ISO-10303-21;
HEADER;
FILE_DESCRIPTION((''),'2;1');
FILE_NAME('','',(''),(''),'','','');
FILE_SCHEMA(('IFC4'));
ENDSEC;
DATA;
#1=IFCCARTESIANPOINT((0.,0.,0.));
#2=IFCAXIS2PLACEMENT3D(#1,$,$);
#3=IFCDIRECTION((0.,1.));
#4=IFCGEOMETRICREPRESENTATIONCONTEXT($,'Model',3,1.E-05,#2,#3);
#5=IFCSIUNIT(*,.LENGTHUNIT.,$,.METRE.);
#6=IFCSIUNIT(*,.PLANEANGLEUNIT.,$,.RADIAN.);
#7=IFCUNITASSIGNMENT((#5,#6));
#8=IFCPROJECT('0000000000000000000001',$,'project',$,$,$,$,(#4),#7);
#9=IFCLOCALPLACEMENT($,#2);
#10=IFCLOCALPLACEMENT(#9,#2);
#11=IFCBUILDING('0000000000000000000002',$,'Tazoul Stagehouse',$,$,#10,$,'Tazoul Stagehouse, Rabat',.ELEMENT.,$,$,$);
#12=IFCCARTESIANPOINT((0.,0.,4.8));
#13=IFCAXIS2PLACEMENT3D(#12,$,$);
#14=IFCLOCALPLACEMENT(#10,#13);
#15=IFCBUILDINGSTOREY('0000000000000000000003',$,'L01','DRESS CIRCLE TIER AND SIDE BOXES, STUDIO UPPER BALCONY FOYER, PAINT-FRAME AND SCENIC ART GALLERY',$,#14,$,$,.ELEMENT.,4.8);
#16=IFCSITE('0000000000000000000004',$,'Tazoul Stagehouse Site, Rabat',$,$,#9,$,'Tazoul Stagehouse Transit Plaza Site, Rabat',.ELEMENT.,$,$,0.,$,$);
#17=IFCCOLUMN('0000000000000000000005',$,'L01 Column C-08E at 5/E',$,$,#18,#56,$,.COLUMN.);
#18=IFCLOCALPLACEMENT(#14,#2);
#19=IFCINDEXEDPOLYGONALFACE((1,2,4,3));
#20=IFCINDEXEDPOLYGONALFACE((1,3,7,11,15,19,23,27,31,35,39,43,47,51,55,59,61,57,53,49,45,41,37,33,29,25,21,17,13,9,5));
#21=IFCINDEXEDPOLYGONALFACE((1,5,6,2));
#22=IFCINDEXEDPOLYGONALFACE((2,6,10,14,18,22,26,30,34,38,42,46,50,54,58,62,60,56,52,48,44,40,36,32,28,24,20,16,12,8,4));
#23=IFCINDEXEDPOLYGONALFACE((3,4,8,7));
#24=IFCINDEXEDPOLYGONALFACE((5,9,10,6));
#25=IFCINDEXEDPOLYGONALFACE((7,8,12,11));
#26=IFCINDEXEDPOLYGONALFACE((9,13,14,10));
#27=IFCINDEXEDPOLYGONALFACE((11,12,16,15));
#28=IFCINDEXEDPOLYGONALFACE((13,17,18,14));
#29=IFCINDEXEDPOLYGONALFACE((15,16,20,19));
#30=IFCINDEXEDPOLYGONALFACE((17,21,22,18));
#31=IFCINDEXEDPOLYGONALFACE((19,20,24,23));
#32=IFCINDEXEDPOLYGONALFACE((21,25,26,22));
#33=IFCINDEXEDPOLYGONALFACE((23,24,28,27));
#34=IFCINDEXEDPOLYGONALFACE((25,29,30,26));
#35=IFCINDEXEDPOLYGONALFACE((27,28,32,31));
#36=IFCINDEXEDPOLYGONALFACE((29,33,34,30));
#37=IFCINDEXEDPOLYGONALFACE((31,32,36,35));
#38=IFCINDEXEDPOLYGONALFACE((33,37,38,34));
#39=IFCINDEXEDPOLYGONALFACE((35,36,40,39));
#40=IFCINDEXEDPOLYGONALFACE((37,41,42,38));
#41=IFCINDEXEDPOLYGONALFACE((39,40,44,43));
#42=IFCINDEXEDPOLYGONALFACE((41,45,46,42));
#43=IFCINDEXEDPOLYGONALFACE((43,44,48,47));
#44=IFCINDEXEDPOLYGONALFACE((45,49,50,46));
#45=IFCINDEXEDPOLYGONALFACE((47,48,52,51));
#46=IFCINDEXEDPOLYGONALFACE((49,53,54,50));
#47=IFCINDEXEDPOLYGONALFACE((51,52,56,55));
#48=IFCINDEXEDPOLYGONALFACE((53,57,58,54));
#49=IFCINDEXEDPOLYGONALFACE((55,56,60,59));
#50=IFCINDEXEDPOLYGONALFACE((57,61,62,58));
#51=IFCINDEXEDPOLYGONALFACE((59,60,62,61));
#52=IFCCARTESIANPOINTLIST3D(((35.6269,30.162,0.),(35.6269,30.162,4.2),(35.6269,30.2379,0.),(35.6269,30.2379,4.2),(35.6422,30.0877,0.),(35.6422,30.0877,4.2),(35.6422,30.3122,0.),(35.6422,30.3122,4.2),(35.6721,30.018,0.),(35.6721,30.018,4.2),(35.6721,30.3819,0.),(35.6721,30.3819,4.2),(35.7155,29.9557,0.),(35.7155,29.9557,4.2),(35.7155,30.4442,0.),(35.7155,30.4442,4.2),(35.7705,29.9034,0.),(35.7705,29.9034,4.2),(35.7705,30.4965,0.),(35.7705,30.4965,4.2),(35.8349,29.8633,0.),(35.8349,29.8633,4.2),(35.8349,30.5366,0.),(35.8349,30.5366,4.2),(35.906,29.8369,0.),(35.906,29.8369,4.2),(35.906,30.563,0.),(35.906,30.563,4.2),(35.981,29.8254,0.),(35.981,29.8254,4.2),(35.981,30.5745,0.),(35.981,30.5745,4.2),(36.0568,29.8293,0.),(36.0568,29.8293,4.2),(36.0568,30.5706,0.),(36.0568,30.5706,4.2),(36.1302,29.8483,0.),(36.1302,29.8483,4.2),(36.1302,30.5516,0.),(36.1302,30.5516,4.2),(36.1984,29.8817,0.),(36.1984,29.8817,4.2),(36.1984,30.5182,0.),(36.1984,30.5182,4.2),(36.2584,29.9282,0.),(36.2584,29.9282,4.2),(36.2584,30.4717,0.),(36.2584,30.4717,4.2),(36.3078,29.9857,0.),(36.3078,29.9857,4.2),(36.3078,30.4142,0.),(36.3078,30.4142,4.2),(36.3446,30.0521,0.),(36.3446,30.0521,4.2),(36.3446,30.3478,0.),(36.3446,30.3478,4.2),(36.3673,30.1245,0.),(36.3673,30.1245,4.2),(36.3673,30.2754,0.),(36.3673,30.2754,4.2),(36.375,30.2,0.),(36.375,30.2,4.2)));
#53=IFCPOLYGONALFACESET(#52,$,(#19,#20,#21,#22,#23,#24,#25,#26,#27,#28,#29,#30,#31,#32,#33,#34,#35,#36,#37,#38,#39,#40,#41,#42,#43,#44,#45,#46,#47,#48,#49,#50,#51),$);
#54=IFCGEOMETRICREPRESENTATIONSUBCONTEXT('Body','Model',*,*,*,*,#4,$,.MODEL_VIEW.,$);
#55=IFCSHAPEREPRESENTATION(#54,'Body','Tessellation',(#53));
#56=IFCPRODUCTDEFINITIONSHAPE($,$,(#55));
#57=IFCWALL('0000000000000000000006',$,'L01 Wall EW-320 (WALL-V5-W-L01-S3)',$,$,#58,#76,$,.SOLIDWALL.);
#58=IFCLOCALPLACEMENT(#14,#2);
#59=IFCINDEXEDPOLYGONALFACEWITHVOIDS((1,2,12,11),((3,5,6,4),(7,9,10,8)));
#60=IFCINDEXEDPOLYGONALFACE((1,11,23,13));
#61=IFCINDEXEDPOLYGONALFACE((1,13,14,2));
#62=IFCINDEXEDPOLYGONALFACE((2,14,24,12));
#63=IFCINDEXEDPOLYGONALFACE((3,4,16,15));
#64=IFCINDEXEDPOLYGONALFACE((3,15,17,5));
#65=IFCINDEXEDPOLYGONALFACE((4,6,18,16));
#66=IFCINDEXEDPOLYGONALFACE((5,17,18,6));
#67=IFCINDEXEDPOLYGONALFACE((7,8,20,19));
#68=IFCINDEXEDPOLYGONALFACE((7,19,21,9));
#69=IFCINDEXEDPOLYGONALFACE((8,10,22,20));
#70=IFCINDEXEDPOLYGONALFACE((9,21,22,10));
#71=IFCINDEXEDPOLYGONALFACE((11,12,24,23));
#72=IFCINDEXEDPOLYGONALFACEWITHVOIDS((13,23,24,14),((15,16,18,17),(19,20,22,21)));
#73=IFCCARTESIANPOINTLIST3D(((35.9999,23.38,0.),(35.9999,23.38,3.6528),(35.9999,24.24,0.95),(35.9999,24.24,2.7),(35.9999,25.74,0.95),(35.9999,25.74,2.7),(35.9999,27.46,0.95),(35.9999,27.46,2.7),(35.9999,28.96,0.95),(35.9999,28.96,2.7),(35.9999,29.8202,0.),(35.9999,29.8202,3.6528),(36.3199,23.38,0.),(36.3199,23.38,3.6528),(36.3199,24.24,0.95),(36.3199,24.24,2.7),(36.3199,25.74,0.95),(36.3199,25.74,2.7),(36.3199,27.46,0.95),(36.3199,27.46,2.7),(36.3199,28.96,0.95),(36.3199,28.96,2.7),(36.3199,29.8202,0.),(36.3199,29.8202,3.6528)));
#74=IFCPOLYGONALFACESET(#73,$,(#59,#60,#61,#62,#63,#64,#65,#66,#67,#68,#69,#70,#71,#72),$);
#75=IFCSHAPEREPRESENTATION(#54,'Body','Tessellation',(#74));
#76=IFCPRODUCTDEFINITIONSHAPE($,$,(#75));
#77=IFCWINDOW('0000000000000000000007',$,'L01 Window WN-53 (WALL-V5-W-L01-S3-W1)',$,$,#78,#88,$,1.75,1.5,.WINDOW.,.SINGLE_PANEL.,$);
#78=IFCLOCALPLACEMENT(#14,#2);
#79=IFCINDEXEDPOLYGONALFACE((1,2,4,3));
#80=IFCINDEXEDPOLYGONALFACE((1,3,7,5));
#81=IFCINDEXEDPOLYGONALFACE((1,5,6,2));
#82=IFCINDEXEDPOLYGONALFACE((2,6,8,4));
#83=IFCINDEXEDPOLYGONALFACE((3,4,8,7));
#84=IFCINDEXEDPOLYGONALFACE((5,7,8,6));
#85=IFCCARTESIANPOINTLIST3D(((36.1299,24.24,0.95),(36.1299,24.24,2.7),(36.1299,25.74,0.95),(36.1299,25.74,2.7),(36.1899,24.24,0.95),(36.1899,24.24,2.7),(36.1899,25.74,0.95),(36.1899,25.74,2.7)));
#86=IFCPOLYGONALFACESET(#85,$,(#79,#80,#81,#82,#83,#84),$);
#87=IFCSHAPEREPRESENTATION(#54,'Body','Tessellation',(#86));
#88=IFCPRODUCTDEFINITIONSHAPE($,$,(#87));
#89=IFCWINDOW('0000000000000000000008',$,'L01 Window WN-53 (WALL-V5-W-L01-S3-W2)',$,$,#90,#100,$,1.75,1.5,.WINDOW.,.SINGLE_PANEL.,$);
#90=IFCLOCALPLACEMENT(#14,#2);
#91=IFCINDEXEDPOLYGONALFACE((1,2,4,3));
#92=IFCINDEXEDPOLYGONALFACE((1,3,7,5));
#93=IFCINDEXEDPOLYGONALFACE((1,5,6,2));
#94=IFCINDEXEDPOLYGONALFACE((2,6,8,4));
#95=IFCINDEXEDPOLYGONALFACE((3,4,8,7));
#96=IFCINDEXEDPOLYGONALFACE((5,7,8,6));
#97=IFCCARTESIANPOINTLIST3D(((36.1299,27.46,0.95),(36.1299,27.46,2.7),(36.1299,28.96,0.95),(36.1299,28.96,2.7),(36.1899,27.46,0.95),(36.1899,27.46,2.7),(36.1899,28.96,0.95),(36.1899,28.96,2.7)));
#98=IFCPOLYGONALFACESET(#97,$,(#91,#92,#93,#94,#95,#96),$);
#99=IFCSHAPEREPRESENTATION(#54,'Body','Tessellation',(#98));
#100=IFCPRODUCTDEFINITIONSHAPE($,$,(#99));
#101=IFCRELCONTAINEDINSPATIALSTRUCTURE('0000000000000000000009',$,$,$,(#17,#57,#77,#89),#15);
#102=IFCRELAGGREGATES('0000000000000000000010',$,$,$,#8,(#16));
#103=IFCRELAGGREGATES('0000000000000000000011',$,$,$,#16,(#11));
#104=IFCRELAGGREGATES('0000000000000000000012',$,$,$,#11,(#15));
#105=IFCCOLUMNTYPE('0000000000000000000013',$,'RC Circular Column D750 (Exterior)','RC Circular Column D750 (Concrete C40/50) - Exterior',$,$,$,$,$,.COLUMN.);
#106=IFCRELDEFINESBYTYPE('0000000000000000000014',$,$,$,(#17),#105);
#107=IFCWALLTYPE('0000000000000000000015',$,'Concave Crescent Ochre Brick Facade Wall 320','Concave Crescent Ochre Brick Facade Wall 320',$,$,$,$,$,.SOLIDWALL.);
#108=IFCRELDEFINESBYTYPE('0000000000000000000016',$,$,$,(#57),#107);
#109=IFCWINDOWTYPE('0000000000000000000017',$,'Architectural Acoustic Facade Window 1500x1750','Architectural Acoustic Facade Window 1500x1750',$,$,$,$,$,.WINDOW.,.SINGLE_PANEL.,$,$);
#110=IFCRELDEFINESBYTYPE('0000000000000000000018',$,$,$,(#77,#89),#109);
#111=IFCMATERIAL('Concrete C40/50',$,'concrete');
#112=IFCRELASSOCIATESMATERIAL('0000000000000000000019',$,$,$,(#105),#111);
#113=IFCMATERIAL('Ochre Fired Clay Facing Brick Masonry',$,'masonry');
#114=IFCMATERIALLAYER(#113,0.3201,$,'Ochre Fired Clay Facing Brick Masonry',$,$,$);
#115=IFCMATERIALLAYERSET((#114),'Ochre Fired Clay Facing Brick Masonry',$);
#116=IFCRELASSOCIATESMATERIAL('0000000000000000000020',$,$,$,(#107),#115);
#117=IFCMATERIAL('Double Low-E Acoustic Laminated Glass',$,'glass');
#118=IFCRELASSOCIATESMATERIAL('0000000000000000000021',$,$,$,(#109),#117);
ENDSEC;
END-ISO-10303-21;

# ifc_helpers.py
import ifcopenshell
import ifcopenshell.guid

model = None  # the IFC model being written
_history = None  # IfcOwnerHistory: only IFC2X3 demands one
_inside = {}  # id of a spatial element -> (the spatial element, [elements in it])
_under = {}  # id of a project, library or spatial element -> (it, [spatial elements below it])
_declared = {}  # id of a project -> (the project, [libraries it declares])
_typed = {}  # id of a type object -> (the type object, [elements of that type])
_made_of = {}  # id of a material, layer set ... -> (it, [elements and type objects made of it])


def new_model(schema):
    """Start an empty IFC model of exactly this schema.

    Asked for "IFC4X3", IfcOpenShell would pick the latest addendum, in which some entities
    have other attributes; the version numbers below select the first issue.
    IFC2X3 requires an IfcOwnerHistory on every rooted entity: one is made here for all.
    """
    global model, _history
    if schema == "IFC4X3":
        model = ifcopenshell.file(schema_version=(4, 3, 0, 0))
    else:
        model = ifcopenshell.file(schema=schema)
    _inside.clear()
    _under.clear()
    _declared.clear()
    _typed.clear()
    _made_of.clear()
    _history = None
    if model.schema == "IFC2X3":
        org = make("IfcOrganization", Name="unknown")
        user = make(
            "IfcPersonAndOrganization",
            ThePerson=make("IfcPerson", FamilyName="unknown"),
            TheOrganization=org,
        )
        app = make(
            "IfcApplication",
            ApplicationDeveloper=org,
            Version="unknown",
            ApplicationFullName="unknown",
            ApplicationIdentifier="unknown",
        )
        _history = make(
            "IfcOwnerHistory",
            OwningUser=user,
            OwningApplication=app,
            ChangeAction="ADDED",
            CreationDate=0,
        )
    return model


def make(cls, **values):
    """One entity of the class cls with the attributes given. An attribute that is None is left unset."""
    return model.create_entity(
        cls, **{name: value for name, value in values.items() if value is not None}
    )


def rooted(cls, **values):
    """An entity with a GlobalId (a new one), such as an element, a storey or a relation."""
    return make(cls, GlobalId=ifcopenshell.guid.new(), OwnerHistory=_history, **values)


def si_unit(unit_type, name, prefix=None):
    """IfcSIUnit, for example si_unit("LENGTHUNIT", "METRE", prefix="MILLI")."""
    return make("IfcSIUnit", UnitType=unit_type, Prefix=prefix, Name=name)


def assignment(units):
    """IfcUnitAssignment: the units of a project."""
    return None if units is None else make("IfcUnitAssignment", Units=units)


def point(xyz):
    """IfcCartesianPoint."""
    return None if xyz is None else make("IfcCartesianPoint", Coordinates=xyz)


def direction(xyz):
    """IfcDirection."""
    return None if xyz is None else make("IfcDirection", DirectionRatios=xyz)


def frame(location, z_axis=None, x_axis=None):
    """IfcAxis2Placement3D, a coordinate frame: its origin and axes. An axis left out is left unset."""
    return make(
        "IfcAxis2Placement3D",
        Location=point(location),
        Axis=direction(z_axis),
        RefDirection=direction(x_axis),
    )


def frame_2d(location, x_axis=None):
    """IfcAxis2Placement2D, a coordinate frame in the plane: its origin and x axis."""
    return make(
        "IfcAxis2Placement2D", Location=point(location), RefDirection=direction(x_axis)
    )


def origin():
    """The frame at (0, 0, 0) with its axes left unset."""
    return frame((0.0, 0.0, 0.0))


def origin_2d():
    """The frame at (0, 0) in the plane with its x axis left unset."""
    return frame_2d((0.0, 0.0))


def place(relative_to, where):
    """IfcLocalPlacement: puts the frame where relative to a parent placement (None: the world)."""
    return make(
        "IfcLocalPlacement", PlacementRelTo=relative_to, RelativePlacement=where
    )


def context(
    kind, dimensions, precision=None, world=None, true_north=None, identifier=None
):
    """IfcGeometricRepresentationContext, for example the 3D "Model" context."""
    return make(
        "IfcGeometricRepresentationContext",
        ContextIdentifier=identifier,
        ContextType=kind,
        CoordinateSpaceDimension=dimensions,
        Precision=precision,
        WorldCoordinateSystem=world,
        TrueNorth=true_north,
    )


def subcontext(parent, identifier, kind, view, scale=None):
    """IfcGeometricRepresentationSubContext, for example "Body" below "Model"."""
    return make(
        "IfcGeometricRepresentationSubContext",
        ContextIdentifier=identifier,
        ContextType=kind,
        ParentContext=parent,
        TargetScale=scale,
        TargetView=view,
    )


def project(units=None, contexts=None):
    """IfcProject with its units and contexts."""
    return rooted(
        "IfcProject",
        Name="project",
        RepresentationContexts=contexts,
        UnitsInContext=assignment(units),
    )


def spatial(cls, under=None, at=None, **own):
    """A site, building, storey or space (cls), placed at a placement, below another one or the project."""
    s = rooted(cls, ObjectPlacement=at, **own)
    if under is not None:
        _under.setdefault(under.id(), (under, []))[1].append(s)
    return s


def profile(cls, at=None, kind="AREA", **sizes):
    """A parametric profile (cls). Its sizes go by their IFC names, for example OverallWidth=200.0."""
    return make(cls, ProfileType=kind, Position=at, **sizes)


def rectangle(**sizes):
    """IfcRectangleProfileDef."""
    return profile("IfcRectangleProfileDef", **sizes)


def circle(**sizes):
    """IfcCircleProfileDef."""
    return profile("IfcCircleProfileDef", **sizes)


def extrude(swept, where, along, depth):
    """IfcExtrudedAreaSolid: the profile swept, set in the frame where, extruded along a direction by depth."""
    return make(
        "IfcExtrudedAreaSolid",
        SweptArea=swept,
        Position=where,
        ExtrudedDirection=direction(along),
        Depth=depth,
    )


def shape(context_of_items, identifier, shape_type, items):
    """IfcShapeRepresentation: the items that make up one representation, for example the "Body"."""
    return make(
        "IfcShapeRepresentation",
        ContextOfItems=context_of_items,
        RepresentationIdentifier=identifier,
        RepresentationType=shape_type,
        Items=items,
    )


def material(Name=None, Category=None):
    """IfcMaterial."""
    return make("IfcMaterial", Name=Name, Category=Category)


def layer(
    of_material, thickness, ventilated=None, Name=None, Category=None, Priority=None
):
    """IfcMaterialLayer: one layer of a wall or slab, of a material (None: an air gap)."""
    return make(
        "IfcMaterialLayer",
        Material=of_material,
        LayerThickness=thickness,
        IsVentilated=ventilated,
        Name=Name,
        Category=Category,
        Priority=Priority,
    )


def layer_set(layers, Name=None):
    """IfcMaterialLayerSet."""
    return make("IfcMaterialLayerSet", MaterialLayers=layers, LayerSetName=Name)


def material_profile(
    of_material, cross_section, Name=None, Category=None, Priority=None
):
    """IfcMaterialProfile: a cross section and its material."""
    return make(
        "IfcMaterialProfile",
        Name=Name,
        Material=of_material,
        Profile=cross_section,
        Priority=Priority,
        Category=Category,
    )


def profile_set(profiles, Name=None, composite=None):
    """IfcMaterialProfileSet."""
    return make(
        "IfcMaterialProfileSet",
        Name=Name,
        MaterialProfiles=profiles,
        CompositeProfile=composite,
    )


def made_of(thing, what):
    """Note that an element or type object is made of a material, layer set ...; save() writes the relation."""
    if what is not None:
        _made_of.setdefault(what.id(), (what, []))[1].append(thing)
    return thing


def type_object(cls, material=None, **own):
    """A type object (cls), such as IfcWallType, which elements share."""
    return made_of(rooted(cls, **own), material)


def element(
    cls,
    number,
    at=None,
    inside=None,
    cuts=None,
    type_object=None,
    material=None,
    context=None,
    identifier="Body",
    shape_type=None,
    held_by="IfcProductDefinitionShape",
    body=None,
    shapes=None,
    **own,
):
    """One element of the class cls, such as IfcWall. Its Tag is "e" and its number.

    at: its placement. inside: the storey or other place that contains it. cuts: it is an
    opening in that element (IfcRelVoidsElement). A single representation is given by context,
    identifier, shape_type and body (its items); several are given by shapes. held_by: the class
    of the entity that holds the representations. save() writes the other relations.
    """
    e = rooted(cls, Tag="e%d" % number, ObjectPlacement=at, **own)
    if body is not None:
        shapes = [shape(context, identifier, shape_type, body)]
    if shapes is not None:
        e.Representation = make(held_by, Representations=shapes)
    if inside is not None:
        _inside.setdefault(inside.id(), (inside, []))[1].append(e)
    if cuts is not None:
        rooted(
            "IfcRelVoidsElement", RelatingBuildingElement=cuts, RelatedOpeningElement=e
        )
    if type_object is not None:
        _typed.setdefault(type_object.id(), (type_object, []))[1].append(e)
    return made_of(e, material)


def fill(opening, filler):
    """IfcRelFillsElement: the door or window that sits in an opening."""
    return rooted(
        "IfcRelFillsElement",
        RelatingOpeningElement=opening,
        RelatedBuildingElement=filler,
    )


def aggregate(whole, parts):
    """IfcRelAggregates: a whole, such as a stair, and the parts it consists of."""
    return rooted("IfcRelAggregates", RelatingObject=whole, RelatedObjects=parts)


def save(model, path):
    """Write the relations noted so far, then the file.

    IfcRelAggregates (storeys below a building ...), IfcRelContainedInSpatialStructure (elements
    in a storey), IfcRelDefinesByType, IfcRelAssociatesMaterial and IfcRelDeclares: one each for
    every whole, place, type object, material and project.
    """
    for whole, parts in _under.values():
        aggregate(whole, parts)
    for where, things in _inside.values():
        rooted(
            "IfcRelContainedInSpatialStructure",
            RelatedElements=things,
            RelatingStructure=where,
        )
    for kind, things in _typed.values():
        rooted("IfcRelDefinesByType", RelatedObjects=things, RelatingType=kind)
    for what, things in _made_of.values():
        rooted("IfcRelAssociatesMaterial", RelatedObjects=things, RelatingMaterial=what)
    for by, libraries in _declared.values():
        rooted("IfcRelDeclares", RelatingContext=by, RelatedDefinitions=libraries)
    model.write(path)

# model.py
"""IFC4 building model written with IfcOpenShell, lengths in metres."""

from ifc_helpers import new_model, si_unit, direction, frame, frame_2d, origin, origin_2d, place, context, subcontext, project, spatial, rectangle, circle, extrude, material, layer, layer_set, material_profile, profile_set, type_object, element, fill, save


model = new_model("IFC4")

# Units and contexts
model_context = context("Model", 3, precision=1e-05, world=origin(), true_north=direction((0.0, 1.0)))
body_context = subcontext(model_context, "Body", "Model", "MODEL_VIEW")
ifc_project = project(units=[si_unit("LENGTHUNIT", "METRE"), si_unit("PLANEANGLEUNIT", "RADIAN")], contexts=[model_context])

# Site, building, storey
site_placement = place(None, origin())
site = spatial("IfcSite", under=ifc_project, at=site_placement, Name="Tazoul Stagehouse Site, Rabat", LongName="Tazoul Stagehouse Transit Plaza Site, Rabat", CompositionType="ELEMENT", RefElevation=0.0)
building_placement = place(site_placement, origin())
building = spatial("IfcBuilding", under=site, at=building_placement, Name="Tazoul Stagehouse", LongName="Tazoul Stagehouse, Rabat", CompositionType="ELEMENT")
storey_placement = place(building_placement, frame((0.0, 0.0, 4.8)))
storey = spatial("IfcBuildingStorey", under=building, at=storey_placement, Name="L01", Description="DRESS CIRCLE TIER AND SIDE BOXES, STUDIO UPPER BALCONY FOYER, PAINT-FRAME AND SCENIC ART GALLERY", CompositionType="ELEMENT", Elevation=4.8)

# Column
ifc_material_1 = material(Name="Concrete C40/50", Category="concrete")
ifc_material_profile_1 = material_profile(ifc_material_1, circle(Radius=0.375, at=origin_2d()), Name="RC D750")
ifc_profile_set_1 = profile_set([ifc_material_profile_1], Name="Concrete C40/50")
column_type = type_object("IfcColumnType", Name="RC Circular Column D750 (Exterior)", Description="RC Circular Column D750 (Concrete C40/50) - Exterior", PredefinedType="COLUMN", material=ifc_profile_set_1)
column_placement = place(storey_placement, frame((36.0, 30.2, 0.0), z_axis=(0.0, 0.0, 1.0), x_axis=(1.0, 0.0, 0.0)))
element("IfcColumn", 1, at=column_placement, inside=storey, type_object=column_type, Name="L01 Column C-08E at 5/E", PredefinedType="COLUMN", context=body_context, shape_type="SweptSolid", body=[
    extrude(circle(Radius=0.375, at=origin_2d()), origin(), (0.0, 0.0, 1.0), 4.2),
])

# Wall, openings, windows
ifc_material_2 = material(Name="Ochre Fired Clay Facing Brick Masonry", Category="masonry")
ifc_layer_1 = layer(ifc_material_2, 0.3201, Name="Ochre Fired Clay Facing Brick Masonry")
ifc_layer_set_1 = layer_set([ifc_layer_1], Name="Ochre Fired Clay Facing Brick Masonry")
wall_type = type_object("IfcWallType", Name="Concave Crescent Ochre Brick Facade Wall 320", Description="Concave Crescent Ochre Brick Facade Wall 320", PredefinedType="SOLIDWALL", material=ifc_layer_set_1)
wall_placement = place(storey_placement, frame((36.1599, 23.3799, 0.0), z_axis=(0.0, 0.0, 1.0), x_axis=(0.0, 1.0, 0.0)))
wall = element("IfcWall", 2, at=wall_placement, inside=storey, type_object=wall_type, Name="L01 Wall EW-320 (WALL-V5-W-L01-S3)", PredefinedType="SOLIDWALL", context=body_context, shape_type="SweptSolid", body=[
    extrude(rectangle(XDim=6.4402, YDim=0.3201, at=frame_2d((3.2202, 0.0))), origin(), (0.0, 0.0, 1.0), 3.6528),
])
opening_1_placement = place(wall_placement, frame((0.8601, 0.0, 0.95)))
opening_1 = element("IfcOpeningElement", 3, at=opening_1_placement, cuts=wall, PredefinedType="OPENING", context=body_context, shape_type="SweptSolid", body=[
    extrude(rectangle(XDim=1.5, YDim=1.75, at=frame_2d((0.75, 0.875))), frame((0.0, 0.1799, 0.0), z_axis=(0.0, -1.0, 0.0), x_axis=(1.0, 0.0, 0.0)), (0.0, 0.0, 1.0), 0.3601),
])
opening_2_placement = place(wall_placement, frame((4.0801, 0.0, 0.95)))
opening_2 = element("IfcOpeningElement", 4, at=opening_2_placement, cuts=wall, PredefinedType="OPENING", context=body_context, shape_type="SweptSolid", body=[
    extrude(rectangle(XDim=1.5, YDim=1.75, at=frame_2d((0.75, 0.875))), frame((0.0, 0.1799, 0.0), z_axis=(0.0, -1.0, 0.0), x_axis=(1.0, 0.0, 0.0)), (0.0, 0.0, 1.0), 0.3601),
])
ifc_material_3 = material(Name="Double Low-E Acoustic Laminated Glass", Category="glass")
window_type = type_object("IfcWindowType", Name="Architectural Acoustic Facade Window 1500x1750", Description="Architectural Acoustic Facade Window 1500x1750", PartitioningType="SINGLE_PANEL", PredefinedType="WINDOW", material=ifc_material_3)
window_1_placement = place(opening_1_placement, origin())
window_1 = element("IfcWindow", 5, at=window_1_placement, inside=storey, type_object=window_type, Name="L01 Window WN-53 (WALL-V5-W-L01-S3-W1)", OverallHeight=1.75, OverallWidth=1.5, PartitioningType="SINGLE_PANEL", PredefinedType="WINDOW", context=body_context, shape_type="SweptSolid", body=[
    extrude(rectangle(XDim=1.5, YDim=1.75, at=frame_2d((0.75, 0.875))), frame((0.0, 0.03, 0.0), z_axis=(0.0, -1.0, 0.0), x_axis=(1.0, 0.0, 0.0)), (0.0, 0.0, 1.0), 0.0601),
])
fill(opening_1, window_1)
window_2_placement = place(opening_2_placement, origin())
window_2 = element("IfcWindow", 6, at=window_2_placement, inside=storey, type_object=window_type, Name="L01 Window WN-53 (WALL-V5-W-L01-S3-W2)", OverallHeight=1.75, OverallWidth=1.5, PartitioningType="SINGLE_PANEL", PredefinedType="WINDOW", context=body_context, shape_type="SweptSolid", body=[
    extrude(rectangle(XDim=1.5, YDim=1.75, at=frame_2d((0.75, 0.875))), frame((0.0, 0.03, 0.0), z_axis=(0.0, -1.0, 0.0), x_axis=(1.0, 0.0, 0.0)), (0.0, 0.0, 1.0), 0.0601),
])
fill(opening_2, window_2)

save(model, "model.ifc")
